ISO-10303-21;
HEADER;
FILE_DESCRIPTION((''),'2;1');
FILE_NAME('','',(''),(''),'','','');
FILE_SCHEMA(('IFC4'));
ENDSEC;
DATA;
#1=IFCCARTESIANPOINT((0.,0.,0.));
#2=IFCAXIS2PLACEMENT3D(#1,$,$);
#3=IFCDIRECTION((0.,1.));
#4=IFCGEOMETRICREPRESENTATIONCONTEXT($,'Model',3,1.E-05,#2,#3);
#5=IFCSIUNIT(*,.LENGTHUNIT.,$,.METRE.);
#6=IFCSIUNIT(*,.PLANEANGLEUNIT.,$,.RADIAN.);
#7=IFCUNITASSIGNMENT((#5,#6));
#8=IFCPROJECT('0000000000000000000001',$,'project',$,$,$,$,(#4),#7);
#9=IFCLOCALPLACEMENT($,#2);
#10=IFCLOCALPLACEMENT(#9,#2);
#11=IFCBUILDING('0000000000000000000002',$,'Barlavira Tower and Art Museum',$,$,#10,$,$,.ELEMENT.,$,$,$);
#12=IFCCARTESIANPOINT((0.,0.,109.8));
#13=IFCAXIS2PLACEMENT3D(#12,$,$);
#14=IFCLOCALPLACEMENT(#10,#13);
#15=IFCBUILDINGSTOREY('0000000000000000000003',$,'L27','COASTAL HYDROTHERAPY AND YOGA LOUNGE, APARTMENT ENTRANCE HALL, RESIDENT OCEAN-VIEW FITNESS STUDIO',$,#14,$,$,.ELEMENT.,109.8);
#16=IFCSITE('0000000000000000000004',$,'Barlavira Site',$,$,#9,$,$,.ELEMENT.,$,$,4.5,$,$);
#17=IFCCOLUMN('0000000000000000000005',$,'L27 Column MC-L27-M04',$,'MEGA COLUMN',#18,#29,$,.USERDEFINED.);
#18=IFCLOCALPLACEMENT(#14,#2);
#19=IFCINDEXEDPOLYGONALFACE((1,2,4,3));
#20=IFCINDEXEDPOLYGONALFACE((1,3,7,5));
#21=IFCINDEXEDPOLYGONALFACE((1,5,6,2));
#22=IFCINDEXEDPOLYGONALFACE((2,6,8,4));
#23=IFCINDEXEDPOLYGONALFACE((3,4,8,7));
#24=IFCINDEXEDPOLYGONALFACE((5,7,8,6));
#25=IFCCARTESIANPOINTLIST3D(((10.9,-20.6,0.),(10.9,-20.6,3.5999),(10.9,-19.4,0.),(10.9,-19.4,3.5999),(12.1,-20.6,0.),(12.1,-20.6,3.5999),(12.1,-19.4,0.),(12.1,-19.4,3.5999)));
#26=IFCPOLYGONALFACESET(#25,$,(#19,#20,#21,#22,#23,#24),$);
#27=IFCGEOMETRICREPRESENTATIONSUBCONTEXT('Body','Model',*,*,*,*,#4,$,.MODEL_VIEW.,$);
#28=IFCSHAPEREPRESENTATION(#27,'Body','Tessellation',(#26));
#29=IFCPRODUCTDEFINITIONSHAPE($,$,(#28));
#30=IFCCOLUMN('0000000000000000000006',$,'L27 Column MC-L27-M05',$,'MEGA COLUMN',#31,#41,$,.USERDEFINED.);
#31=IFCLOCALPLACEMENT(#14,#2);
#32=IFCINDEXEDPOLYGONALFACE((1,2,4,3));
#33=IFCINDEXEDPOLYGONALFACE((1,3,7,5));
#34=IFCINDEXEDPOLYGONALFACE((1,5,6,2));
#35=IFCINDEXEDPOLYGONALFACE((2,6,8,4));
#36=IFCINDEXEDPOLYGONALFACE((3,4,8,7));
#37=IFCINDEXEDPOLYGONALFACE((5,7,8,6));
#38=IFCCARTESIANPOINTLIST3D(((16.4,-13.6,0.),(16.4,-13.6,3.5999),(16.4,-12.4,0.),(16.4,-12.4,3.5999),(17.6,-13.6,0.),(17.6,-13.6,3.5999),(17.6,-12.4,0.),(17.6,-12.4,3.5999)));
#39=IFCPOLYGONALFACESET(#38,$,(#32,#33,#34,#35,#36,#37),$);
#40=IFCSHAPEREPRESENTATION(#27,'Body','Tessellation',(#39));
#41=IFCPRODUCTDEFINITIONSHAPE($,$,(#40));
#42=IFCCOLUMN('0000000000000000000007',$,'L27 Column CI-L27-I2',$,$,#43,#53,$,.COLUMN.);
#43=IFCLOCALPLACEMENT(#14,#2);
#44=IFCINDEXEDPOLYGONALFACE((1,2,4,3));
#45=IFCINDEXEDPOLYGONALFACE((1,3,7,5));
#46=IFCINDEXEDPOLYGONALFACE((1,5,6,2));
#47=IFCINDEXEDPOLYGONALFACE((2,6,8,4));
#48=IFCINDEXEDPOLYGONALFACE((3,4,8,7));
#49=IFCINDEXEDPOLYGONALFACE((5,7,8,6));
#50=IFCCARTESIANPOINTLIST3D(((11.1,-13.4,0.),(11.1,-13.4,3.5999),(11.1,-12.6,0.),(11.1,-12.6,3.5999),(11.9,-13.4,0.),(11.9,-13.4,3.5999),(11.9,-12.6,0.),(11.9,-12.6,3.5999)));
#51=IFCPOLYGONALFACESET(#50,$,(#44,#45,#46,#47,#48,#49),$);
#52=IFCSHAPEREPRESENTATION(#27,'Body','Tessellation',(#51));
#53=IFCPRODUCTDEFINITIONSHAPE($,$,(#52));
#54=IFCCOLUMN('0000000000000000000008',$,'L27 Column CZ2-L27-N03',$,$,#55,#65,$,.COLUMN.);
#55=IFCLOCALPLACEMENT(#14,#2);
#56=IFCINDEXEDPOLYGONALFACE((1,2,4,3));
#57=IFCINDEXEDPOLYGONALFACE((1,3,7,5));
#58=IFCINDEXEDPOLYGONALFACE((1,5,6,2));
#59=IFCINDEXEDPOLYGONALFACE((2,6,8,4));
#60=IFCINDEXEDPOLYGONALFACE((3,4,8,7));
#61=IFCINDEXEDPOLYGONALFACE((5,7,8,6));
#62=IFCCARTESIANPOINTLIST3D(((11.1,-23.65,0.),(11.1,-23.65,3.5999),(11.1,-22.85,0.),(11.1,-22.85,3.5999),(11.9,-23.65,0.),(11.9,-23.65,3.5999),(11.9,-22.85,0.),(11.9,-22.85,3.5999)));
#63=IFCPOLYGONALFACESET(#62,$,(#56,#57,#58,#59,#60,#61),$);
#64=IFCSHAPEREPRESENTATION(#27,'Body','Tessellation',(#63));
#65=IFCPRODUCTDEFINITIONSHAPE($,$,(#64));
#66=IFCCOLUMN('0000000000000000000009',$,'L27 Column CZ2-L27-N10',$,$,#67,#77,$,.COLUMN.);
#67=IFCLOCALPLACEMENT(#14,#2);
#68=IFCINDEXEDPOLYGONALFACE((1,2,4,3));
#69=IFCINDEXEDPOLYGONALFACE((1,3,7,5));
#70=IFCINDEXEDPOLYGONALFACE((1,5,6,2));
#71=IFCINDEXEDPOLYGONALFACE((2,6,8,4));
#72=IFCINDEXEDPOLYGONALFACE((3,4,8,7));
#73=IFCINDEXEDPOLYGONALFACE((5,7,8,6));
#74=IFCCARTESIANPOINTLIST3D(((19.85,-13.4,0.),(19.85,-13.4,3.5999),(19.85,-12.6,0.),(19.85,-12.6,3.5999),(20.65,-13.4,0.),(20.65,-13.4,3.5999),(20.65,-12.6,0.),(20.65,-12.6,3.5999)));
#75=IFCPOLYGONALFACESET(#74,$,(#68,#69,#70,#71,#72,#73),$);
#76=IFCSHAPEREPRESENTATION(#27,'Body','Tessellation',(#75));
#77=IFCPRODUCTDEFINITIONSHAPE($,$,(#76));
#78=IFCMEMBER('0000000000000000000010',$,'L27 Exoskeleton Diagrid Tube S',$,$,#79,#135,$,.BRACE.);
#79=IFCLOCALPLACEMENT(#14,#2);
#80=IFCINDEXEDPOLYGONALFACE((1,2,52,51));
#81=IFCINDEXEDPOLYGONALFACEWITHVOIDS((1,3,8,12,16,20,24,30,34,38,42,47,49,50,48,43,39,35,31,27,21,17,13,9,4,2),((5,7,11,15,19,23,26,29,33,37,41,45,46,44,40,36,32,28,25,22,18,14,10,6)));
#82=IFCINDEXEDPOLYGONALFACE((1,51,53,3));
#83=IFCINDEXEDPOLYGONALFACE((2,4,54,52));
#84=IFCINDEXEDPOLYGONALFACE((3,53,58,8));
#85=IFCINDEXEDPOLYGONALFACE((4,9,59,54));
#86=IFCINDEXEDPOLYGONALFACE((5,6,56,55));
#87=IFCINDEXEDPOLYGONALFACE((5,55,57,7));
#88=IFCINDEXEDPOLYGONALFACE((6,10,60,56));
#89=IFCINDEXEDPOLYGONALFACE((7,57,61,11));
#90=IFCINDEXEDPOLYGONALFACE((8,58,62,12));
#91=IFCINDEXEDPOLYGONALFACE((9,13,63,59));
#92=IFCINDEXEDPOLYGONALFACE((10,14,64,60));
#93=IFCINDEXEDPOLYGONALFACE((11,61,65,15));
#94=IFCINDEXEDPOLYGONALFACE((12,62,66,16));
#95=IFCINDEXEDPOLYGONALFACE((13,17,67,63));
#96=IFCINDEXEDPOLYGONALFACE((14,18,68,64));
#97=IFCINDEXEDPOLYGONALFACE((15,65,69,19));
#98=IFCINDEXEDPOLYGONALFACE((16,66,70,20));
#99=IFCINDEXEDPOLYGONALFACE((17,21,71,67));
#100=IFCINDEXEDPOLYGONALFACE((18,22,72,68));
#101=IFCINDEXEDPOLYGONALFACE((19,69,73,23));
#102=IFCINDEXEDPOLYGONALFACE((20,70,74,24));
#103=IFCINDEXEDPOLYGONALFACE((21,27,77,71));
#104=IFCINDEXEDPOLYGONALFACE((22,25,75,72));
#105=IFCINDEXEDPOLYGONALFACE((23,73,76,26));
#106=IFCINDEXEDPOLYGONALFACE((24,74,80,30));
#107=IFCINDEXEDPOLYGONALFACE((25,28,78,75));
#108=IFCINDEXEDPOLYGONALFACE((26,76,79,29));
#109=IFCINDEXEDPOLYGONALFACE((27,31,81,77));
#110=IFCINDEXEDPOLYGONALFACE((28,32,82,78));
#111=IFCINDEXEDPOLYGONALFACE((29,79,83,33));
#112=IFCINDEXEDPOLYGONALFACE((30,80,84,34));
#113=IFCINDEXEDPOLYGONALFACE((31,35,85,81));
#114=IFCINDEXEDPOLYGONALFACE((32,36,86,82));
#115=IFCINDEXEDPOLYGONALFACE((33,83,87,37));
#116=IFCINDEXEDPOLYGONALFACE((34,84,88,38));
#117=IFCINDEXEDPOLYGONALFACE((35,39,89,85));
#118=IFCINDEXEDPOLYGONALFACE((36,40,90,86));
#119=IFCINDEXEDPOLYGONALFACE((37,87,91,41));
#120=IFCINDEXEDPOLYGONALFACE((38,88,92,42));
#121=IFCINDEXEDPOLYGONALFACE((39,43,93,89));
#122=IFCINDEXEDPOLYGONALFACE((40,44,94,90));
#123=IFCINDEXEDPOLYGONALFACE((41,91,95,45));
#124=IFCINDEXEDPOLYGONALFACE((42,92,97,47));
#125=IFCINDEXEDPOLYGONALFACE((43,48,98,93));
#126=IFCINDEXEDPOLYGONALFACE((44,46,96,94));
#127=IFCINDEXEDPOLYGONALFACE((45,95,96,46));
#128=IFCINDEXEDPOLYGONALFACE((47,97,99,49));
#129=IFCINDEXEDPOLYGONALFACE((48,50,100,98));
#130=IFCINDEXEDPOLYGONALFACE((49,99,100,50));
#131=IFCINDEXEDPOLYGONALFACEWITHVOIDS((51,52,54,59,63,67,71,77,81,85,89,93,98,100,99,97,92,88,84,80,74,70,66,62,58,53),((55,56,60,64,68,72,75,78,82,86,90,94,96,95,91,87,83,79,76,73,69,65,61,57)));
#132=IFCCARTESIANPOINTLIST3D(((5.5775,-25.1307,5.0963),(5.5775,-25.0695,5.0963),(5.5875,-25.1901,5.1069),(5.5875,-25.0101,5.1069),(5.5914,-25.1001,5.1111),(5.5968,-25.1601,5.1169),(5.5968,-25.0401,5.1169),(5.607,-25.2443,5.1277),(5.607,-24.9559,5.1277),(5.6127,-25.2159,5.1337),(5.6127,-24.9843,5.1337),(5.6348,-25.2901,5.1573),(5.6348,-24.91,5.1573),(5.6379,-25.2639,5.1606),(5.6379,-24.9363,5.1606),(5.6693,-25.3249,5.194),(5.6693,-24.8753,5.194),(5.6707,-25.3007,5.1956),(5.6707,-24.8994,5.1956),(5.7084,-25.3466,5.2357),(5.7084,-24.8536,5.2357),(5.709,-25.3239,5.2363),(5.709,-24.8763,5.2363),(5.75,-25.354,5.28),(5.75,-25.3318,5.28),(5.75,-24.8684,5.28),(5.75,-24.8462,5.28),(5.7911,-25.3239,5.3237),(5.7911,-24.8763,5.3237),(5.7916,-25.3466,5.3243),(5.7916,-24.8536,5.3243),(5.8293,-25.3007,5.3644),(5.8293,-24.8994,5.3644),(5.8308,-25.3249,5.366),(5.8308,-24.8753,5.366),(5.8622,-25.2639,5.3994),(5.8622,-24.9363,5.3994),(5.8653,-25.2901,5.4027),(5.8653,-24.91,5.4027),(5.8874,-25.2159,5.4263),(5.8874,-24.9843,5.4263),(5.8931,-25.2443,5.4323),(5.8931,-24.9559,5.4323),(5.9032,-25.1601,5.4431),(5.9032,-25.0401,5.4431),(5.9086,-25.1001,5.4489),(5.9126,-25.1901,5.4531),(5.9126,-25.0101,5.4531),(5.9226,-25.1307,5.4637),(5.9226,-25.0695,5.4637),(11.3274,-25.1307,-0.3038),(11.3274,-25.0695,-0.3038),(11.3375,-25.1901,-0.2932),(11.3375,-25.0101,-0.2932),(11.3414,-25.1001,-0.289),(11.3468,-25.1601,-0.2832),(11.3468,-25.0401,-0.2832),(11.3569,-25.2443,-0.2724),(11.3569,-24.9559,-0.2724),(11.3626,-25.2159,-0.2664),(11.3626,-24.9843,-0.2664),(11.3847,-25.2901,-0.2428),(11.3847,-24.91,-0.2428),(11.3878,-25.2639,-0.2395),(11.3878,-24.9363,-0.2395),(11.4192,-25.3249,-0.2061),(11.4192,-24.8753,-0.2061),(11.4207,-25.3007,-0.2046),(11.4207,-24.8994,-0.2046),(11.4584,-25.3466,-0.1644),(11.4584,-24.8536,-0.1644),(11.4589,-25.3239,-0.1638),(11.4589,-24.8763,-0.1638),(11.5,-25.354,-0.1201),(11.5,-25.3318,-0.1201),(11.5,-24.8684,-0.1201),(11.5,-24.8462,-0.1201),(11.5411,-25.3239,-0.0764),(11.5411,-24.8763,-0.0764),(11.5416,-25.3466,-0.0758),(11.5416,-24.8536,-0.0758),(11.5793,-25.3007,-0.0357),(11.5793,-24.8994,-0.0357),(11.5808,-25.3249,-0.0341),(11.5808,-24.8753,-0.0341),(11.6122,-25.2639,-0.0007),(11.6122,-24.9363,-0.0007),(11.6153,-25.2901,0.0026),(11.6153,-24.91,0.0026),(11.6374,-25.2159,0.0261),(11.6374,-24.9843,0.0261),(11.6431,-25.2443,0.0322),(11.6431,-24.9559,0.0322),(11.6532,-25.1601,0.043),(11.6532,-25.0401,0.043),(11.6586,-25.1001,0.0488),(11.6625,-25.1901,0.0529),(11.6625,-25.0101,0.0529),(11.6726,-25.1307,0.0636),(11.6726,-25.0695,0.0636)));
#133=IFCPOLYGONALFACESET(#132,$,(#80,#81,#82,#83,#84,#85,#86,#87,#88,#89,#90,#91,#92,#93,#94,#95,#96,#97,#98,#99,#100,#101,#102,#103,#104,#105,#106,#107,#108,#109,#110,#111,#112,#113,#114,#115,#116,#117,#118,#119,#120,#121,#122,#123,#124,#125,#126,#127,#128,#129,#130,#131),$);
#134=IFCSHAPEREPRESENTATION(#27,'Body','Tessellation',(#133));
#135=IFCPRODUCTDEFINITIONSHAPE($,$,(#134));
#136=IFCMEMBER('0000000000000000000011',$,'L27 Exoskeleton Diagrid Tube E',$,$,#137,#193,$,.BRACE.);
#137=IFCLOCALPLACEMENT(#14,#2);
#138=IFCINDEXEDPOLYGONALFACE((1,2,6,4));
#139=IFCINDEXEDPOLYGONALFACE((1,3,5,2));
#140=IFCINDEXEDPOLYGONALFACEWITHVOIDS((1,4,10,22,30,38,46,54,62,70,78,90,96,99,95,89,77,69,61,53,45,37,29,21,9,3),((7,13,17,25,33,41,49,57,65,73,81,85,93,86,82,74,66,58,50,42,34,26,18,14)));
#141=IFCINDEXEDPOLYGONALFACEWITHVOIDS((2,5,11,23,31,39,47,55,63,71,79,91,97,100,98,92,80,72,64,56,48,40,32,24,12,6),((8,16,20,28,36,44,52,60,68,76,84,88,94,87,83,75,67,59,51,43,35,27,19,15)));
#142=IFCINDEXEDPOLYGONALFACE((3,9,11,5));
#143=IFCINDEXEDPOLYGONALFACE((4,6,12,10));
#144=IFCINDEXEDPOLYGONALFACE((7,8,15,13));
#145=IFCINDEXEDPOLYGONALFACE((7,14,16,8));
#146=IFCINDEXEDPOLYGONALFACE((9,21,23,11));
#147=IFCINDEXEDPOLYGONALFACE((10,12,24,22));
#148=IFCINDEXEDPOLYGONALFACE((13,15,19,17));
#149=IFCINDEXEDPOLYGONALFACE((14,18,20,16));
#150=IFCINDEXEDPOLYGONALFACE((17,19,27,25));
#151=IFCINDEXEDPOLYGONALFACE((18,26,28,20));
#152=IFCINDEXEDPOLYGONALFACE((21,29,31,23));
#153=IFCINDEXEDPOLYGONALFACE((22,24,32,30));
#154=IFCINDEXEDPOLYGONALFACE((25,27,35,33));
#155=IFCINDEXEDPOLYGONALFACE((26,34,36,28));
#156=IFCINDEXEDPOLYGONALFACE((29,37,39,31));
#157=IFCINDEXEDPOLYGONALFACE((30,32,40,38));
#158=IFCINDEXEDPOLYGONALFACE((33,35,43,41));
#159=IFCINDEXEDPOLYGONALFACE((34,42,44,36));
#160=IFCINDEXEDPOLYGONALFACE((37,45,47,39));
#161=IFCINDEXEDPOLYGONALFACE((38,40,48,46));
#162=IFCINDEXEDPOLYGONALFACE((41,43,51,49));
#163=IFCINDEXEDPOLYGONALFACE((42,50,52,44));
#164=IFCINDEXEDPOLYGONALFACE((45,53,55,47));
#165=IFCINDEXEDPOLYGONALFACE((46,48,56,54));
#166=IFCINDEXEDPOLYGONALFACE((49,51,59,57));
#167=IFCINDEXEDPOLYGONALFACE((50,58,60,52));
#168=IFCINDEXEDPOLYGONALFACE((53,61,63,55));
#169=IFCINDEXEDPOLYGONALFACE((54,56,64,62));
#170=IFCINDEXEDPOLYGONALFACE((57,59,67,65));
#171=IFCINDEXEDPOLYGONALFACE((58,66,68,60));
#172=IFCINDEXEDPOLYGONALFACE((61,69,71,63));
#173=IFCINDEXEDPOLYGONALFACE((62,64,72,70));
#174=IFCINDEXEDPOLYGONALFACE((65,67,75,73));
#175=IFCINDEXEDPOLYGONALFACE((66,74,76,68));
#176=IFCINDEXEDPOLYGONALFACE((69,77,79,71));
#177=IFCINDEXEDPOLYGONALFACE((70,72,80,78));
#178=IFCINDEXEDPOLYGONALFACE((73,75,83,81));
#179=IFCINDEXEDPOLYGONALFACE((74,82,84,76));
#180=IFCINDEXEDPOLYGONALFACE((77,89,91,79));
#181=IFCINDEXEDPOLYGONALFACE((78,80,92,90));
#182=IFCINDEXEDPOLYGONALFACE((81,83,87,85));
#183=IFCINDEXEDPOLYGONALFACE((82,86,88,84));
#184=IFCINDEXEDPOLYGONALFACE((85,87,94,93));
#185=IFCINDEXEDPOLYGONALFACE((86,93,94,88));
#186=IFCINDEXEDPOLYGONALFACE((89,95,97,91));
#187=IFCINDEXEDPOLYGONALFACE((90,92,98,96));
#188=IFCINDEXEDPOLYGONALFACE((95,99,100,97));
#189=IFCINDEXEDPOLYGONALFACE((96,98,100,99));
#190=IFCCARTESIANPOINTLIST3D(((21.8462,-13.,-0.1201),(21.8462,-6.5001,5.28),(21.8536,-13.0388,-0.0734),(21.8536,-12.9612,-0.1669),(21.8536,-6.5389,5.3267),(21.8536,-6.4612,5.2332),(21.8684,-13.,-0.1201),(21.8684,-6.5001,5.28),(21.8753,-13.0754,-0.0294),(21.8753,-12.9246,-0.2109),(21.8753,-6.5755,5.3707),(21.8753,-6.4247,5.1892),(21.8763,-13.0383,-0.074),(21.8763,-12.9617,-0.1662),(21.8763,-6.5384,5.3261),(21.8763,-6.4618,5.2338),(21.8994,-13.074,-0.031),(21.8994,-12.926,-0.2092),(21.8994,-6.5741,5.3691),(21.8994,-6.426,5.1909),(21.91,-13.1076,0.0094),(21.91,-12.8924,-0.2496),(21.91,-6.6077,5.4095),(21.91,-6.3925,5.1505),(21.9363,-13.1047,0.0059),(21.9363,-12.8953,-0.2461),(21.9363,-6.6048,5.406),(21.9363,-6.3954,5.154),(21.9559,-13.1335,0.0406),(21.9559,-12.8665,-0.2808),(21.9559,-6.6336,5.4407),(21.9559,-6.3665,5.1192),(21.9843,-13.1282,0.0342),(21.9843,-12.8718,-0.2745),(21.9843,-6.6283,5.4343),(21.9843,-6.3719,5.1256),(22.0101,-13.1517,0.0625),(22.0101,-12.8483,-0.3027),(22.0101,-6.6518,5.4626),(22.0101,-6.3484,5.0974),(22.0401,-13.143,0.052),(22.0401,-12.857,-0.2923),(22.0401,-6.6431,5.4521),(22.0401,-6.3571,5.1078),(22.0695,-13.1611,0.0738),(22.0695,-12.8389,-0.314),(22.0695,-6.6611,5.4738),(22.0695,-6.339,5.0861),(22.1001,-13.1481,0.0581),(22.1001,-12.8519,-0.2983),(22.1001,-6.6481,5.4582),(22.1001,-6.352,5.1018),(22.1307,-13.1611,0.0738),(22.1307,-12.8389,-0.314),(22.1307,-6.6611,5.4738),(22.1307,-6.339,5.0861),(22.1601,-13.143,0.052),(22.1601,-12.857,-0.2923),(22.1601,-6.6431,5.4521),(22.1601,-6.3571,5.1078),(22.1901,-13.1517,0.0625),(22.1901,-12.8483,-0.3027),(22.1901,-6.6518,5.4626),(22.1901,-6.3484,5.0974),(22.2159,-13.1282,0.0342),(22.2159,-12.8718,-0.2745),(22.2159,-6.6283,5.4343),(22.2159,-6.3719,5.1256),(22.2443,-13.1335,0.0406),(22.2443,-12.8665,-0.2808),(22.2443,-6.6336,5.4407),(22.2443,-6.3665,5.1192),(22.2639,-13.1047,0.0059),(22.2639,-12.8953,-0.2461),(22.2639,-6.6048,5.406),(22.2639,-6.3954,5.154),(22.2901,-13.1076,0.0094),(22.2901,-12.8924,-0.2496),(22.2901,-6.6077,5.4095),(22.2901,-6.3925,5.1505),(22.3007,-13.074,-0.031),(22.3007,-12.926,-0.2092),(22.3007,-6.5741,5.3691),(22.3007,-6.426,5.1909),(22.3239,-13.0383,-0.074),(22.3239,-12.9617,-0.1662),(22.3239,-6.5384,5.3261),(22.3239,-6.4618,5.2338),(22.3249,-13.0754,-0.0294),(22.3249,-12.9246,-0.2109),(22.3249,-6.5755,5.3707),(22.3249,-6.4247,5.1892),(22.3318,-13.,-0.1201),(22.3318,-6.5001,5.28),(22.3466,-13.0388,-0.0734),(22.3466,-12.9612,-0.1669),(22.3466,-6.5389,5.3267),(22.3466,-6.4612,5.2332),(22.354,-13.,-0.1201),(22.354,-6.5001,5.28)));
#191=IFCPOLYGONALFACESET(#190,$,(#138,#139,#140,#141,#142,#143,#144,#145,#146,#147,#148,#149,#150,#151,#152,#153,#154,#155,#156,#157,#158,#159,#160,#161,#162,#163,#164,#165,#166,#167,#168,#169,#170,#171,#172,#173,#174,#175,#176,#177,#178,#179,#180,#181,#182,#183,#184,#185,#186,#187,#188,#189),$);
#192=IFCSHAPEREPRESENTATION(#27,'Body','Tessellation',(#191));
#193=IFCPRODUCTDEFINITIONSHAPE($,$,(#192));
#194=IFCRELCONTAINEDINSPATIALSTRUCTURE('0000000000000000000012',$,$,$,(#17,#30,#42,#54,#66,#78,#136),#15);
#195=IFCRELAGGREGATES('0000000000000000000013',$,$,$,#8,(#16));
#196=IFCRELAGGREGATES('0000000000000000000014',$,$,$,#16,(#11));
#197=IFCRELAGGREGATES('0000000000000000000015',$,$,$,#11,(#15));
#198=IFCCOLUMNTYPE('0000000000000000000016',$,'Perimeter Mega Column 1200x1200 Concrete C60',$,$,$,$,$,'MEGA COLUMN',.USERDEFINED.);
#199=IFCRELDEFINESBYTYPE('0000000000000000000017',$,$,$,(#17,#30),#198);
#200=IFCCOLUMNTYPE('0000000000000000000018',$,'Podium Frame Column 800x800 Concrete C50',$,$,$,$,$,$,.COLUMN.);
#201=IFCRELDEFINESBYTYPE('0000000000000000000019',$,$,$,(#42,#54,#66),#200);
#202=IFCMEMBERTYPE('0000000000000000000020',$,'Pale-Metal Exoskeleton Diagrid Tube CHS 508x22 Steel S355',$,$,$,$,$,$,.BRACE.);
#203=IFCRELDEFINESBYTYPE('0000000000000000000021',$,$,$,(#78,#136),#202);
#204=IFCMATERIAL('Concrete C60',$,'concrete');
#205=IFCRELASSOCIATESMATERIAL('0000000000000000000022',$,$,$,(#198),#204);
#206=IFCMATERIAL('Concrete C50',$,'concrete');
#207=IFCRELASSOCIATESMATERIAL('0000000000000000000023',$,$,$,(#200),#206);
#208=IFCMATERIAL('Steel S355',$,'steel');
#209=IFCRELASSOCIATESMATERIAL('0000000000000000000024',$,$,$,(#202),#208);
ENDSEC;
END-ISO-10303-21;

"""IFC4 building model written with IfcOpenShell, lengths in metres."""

from ifc_helpers import new_model, si_unit, direction, frame, origin, origin_2d, place, context, subcontext, project, spatial, rectangle, hollow_circle, extrude, material, material_profile, profile_set, type_object, element, save


model = new_model("IFC4")

# Units and contexts
model_context = context("Model", 3, precision=1e-05, world=origin(), true_north=direction((0.0, 1.0)))
body_context = subcontext(model_context, "Body", "Model", "MODEL_VIEW")
ifc_project = project(units=[si_unit("LENGTHUNIT", "METRE"), si_unit("PLANEANGLEUNIT", "RADIAN")], contexts=[model_context])

# Site, building, storey
site_placement = place(None, origin())
site = spatial("IfcSite", under=ifc_project, at=site_placement, Name="Barlavira Site", CompositionType="ELEMENT", RefElevation=4.5)
building_placement = place(site_placement, origin())
building = spatial("IfcBuilding", under=site, at=building_placement, Name="Barlavira Tower and Art Museum", CompositionType="ELEMENT")
storey_placement = place(building_placement, frame((0.0, 0.0, 109.8)))
storey = spatial("IfcBuildingStorey", under=building, at=storey_placement, Name="L27", Description="COASTAL HYDROTHERAPY AND YOGA LOUNGE, APARTMENT ENTRANCE HALL, RESIDENT OCEAN-VIEW FITNESS STUDIO", CompositionType="ELEMENT", Elevation=109.8)

# Columns
ifc_material_1 = material(Name="Concrete C60", Category="concrete")
ifc_material_profile_1 = material_profile(ifc_material_1, rectangle(XDim=1.2, YDim=1.2, at=origin_2d()), Name="RC-COL 1200x1200")
ifc_profile_set_1 = profile_set([ifc_material_profile_1], Name="Concrete C60")
column_type_1 = type_object("IfcColumnType", Name="Perimeter Mega Column 1200x1200 Concrete C60", ElementType="MEGA COLUMN", PredefinedType="USERDEFINED", material=ifc_profile_set_1)
for number, where, z_axis, x_axis, name in (
    (1, (11.5, -20.0, 0.0), (0.0, 0.0, 1.0), (1.0, 0.0, 0.0), "L27 Column MC-L27-M04"),
    (2, (17.0, -13.0, 0.0), (0.0, 0.0, 1.0), (1.0, 0.0, 0.0), "L27 Column MC-L27-M05"),
):
    element("IfcColumn", number, at=place(storey_placement, frame(where, z_axis=z_axis, x_axis=x_axis)), inside=storey, type_object=column_type_1, Name=name, ObjectType="MEGA COLUMN", PredefinedType="USERDEFINED", context=body_context, shape_type="SweptSolid", body=[
        extrude(rectangle(XDim=1.2, YDim=1.2, at=origin_2d()), origin(), (0.0, 0.0, 1.0), 3.5999),
    ])
ifc_material_2 = material(Name="Concrete C50", Category="concrete")
ifc_material_profile_2 = material_profile(ifc_material_2, rectangle(XDim=0.8, YDim=0.8, at=origin_2d()), Name="RC-COL 800x800")
ifc_profile_set_2 = profile_set([ifc_material_profile_2], Name="Concrete C50")
column_type_2 = type_object("IfcColumnType", Name="Podium Frame Column 800x800 Concrete C50", PredefinedType="COLUMN", material=ifc_profile_set_2)
for number, where, z_axis, x_axis, name in (
    (3, (11.5, -13.0, 0.0), (0.0, 0.0, 1.0), (1.0, 0.0, 0.0), "L27 Column CI-L27-I2"),
    (4, (11.5, -23.25, 0.0), (0.0, 0.0, 1.0), (1.0, 0.0, 0.0), "L27 Column CZ2-L27-N03"),
    (5, (20.25, -13.0, 0.0), (0.0, 0.0, 1.0), (1.0, 0.0, 0.0), "L27 Column CZ2-L27-N10"),
):
    element("IfcColumn", number, at=place(storey_placement, frame(where, z_axis=z_axis, x_axis=x_axis)), inside=storey, type_object=column_type_2, Name=name, PredefinedType="COLUMN", context=body_context, shape_type="SweptSolid", body=[
        extrude(rectangle(XDim=0.8, YDim=0.8, at=origin_2d()), origin(), (0.0, 0.0, 1.0), 3.5999),
    ])

# Members
ifc_material_3 = material(Name="Steel S355", Category="steel")
ifc_material_profile_3 = material_profile(ifc_material_3, hollow_circle(Radius=0.2539, WallThickness=0.0222, at=origin_2d()), Name="CHS 508.0x22.2")
ifc_profile_set_3 = profile_set([ifc_material_profile_3], Name="Steel S355")
member_type_1 = type_object("IfcMemberType", Name="Pale-Metal Exoskeleton Diagrid Tube CHS 508x22 Steel S355", PredefinedType="BRACE", material=ifc_profile_set_3)
member_1_placement = place(storey_placement, frame((11.5, -25.1001, -0.1201), z_axis=(-0.728935, 0.0, 0.684583), x_axis=(0.0, -1.0, 0.0)))
element("IfcMember", 6, at=member_1_placement, inside=storey, type_object=member_type_1, Name="L27 Exoskeleton Diagrid Tube S", PredefinedType="BRACE", context=body_context, shape_type="SweptSolid", body=[
    extrude(hollow_circle(Radius=0.2539, WallThickness=0.0222, at=origin_2d()), origin(), (0.0, 0.0, 1.0), 7.8882),
])
member_2_placement = place(storey_placement, frame((22.1001, -13.0, -0.1201), z_axis=(0.0, 0.769182, 0.63903), x_axis=(-1.0, 0.0, 0.0)))
element("IfcMember", 7, at=member_2_placement, inside=storey, type_object=member_type_1, Name="L27 Exoskeleton Diagrid Tube E", PredefinedType="BRACE", context=body_context, shape_type="SweptSolid", body=[
    extrude(hollow_circle(Radius=0.2539, WallThickness=0.0222, at=origin_2d()), origin(), (0.0, 0.0, 1.0), 8.4504),
])

save(model, "model.ifc")
